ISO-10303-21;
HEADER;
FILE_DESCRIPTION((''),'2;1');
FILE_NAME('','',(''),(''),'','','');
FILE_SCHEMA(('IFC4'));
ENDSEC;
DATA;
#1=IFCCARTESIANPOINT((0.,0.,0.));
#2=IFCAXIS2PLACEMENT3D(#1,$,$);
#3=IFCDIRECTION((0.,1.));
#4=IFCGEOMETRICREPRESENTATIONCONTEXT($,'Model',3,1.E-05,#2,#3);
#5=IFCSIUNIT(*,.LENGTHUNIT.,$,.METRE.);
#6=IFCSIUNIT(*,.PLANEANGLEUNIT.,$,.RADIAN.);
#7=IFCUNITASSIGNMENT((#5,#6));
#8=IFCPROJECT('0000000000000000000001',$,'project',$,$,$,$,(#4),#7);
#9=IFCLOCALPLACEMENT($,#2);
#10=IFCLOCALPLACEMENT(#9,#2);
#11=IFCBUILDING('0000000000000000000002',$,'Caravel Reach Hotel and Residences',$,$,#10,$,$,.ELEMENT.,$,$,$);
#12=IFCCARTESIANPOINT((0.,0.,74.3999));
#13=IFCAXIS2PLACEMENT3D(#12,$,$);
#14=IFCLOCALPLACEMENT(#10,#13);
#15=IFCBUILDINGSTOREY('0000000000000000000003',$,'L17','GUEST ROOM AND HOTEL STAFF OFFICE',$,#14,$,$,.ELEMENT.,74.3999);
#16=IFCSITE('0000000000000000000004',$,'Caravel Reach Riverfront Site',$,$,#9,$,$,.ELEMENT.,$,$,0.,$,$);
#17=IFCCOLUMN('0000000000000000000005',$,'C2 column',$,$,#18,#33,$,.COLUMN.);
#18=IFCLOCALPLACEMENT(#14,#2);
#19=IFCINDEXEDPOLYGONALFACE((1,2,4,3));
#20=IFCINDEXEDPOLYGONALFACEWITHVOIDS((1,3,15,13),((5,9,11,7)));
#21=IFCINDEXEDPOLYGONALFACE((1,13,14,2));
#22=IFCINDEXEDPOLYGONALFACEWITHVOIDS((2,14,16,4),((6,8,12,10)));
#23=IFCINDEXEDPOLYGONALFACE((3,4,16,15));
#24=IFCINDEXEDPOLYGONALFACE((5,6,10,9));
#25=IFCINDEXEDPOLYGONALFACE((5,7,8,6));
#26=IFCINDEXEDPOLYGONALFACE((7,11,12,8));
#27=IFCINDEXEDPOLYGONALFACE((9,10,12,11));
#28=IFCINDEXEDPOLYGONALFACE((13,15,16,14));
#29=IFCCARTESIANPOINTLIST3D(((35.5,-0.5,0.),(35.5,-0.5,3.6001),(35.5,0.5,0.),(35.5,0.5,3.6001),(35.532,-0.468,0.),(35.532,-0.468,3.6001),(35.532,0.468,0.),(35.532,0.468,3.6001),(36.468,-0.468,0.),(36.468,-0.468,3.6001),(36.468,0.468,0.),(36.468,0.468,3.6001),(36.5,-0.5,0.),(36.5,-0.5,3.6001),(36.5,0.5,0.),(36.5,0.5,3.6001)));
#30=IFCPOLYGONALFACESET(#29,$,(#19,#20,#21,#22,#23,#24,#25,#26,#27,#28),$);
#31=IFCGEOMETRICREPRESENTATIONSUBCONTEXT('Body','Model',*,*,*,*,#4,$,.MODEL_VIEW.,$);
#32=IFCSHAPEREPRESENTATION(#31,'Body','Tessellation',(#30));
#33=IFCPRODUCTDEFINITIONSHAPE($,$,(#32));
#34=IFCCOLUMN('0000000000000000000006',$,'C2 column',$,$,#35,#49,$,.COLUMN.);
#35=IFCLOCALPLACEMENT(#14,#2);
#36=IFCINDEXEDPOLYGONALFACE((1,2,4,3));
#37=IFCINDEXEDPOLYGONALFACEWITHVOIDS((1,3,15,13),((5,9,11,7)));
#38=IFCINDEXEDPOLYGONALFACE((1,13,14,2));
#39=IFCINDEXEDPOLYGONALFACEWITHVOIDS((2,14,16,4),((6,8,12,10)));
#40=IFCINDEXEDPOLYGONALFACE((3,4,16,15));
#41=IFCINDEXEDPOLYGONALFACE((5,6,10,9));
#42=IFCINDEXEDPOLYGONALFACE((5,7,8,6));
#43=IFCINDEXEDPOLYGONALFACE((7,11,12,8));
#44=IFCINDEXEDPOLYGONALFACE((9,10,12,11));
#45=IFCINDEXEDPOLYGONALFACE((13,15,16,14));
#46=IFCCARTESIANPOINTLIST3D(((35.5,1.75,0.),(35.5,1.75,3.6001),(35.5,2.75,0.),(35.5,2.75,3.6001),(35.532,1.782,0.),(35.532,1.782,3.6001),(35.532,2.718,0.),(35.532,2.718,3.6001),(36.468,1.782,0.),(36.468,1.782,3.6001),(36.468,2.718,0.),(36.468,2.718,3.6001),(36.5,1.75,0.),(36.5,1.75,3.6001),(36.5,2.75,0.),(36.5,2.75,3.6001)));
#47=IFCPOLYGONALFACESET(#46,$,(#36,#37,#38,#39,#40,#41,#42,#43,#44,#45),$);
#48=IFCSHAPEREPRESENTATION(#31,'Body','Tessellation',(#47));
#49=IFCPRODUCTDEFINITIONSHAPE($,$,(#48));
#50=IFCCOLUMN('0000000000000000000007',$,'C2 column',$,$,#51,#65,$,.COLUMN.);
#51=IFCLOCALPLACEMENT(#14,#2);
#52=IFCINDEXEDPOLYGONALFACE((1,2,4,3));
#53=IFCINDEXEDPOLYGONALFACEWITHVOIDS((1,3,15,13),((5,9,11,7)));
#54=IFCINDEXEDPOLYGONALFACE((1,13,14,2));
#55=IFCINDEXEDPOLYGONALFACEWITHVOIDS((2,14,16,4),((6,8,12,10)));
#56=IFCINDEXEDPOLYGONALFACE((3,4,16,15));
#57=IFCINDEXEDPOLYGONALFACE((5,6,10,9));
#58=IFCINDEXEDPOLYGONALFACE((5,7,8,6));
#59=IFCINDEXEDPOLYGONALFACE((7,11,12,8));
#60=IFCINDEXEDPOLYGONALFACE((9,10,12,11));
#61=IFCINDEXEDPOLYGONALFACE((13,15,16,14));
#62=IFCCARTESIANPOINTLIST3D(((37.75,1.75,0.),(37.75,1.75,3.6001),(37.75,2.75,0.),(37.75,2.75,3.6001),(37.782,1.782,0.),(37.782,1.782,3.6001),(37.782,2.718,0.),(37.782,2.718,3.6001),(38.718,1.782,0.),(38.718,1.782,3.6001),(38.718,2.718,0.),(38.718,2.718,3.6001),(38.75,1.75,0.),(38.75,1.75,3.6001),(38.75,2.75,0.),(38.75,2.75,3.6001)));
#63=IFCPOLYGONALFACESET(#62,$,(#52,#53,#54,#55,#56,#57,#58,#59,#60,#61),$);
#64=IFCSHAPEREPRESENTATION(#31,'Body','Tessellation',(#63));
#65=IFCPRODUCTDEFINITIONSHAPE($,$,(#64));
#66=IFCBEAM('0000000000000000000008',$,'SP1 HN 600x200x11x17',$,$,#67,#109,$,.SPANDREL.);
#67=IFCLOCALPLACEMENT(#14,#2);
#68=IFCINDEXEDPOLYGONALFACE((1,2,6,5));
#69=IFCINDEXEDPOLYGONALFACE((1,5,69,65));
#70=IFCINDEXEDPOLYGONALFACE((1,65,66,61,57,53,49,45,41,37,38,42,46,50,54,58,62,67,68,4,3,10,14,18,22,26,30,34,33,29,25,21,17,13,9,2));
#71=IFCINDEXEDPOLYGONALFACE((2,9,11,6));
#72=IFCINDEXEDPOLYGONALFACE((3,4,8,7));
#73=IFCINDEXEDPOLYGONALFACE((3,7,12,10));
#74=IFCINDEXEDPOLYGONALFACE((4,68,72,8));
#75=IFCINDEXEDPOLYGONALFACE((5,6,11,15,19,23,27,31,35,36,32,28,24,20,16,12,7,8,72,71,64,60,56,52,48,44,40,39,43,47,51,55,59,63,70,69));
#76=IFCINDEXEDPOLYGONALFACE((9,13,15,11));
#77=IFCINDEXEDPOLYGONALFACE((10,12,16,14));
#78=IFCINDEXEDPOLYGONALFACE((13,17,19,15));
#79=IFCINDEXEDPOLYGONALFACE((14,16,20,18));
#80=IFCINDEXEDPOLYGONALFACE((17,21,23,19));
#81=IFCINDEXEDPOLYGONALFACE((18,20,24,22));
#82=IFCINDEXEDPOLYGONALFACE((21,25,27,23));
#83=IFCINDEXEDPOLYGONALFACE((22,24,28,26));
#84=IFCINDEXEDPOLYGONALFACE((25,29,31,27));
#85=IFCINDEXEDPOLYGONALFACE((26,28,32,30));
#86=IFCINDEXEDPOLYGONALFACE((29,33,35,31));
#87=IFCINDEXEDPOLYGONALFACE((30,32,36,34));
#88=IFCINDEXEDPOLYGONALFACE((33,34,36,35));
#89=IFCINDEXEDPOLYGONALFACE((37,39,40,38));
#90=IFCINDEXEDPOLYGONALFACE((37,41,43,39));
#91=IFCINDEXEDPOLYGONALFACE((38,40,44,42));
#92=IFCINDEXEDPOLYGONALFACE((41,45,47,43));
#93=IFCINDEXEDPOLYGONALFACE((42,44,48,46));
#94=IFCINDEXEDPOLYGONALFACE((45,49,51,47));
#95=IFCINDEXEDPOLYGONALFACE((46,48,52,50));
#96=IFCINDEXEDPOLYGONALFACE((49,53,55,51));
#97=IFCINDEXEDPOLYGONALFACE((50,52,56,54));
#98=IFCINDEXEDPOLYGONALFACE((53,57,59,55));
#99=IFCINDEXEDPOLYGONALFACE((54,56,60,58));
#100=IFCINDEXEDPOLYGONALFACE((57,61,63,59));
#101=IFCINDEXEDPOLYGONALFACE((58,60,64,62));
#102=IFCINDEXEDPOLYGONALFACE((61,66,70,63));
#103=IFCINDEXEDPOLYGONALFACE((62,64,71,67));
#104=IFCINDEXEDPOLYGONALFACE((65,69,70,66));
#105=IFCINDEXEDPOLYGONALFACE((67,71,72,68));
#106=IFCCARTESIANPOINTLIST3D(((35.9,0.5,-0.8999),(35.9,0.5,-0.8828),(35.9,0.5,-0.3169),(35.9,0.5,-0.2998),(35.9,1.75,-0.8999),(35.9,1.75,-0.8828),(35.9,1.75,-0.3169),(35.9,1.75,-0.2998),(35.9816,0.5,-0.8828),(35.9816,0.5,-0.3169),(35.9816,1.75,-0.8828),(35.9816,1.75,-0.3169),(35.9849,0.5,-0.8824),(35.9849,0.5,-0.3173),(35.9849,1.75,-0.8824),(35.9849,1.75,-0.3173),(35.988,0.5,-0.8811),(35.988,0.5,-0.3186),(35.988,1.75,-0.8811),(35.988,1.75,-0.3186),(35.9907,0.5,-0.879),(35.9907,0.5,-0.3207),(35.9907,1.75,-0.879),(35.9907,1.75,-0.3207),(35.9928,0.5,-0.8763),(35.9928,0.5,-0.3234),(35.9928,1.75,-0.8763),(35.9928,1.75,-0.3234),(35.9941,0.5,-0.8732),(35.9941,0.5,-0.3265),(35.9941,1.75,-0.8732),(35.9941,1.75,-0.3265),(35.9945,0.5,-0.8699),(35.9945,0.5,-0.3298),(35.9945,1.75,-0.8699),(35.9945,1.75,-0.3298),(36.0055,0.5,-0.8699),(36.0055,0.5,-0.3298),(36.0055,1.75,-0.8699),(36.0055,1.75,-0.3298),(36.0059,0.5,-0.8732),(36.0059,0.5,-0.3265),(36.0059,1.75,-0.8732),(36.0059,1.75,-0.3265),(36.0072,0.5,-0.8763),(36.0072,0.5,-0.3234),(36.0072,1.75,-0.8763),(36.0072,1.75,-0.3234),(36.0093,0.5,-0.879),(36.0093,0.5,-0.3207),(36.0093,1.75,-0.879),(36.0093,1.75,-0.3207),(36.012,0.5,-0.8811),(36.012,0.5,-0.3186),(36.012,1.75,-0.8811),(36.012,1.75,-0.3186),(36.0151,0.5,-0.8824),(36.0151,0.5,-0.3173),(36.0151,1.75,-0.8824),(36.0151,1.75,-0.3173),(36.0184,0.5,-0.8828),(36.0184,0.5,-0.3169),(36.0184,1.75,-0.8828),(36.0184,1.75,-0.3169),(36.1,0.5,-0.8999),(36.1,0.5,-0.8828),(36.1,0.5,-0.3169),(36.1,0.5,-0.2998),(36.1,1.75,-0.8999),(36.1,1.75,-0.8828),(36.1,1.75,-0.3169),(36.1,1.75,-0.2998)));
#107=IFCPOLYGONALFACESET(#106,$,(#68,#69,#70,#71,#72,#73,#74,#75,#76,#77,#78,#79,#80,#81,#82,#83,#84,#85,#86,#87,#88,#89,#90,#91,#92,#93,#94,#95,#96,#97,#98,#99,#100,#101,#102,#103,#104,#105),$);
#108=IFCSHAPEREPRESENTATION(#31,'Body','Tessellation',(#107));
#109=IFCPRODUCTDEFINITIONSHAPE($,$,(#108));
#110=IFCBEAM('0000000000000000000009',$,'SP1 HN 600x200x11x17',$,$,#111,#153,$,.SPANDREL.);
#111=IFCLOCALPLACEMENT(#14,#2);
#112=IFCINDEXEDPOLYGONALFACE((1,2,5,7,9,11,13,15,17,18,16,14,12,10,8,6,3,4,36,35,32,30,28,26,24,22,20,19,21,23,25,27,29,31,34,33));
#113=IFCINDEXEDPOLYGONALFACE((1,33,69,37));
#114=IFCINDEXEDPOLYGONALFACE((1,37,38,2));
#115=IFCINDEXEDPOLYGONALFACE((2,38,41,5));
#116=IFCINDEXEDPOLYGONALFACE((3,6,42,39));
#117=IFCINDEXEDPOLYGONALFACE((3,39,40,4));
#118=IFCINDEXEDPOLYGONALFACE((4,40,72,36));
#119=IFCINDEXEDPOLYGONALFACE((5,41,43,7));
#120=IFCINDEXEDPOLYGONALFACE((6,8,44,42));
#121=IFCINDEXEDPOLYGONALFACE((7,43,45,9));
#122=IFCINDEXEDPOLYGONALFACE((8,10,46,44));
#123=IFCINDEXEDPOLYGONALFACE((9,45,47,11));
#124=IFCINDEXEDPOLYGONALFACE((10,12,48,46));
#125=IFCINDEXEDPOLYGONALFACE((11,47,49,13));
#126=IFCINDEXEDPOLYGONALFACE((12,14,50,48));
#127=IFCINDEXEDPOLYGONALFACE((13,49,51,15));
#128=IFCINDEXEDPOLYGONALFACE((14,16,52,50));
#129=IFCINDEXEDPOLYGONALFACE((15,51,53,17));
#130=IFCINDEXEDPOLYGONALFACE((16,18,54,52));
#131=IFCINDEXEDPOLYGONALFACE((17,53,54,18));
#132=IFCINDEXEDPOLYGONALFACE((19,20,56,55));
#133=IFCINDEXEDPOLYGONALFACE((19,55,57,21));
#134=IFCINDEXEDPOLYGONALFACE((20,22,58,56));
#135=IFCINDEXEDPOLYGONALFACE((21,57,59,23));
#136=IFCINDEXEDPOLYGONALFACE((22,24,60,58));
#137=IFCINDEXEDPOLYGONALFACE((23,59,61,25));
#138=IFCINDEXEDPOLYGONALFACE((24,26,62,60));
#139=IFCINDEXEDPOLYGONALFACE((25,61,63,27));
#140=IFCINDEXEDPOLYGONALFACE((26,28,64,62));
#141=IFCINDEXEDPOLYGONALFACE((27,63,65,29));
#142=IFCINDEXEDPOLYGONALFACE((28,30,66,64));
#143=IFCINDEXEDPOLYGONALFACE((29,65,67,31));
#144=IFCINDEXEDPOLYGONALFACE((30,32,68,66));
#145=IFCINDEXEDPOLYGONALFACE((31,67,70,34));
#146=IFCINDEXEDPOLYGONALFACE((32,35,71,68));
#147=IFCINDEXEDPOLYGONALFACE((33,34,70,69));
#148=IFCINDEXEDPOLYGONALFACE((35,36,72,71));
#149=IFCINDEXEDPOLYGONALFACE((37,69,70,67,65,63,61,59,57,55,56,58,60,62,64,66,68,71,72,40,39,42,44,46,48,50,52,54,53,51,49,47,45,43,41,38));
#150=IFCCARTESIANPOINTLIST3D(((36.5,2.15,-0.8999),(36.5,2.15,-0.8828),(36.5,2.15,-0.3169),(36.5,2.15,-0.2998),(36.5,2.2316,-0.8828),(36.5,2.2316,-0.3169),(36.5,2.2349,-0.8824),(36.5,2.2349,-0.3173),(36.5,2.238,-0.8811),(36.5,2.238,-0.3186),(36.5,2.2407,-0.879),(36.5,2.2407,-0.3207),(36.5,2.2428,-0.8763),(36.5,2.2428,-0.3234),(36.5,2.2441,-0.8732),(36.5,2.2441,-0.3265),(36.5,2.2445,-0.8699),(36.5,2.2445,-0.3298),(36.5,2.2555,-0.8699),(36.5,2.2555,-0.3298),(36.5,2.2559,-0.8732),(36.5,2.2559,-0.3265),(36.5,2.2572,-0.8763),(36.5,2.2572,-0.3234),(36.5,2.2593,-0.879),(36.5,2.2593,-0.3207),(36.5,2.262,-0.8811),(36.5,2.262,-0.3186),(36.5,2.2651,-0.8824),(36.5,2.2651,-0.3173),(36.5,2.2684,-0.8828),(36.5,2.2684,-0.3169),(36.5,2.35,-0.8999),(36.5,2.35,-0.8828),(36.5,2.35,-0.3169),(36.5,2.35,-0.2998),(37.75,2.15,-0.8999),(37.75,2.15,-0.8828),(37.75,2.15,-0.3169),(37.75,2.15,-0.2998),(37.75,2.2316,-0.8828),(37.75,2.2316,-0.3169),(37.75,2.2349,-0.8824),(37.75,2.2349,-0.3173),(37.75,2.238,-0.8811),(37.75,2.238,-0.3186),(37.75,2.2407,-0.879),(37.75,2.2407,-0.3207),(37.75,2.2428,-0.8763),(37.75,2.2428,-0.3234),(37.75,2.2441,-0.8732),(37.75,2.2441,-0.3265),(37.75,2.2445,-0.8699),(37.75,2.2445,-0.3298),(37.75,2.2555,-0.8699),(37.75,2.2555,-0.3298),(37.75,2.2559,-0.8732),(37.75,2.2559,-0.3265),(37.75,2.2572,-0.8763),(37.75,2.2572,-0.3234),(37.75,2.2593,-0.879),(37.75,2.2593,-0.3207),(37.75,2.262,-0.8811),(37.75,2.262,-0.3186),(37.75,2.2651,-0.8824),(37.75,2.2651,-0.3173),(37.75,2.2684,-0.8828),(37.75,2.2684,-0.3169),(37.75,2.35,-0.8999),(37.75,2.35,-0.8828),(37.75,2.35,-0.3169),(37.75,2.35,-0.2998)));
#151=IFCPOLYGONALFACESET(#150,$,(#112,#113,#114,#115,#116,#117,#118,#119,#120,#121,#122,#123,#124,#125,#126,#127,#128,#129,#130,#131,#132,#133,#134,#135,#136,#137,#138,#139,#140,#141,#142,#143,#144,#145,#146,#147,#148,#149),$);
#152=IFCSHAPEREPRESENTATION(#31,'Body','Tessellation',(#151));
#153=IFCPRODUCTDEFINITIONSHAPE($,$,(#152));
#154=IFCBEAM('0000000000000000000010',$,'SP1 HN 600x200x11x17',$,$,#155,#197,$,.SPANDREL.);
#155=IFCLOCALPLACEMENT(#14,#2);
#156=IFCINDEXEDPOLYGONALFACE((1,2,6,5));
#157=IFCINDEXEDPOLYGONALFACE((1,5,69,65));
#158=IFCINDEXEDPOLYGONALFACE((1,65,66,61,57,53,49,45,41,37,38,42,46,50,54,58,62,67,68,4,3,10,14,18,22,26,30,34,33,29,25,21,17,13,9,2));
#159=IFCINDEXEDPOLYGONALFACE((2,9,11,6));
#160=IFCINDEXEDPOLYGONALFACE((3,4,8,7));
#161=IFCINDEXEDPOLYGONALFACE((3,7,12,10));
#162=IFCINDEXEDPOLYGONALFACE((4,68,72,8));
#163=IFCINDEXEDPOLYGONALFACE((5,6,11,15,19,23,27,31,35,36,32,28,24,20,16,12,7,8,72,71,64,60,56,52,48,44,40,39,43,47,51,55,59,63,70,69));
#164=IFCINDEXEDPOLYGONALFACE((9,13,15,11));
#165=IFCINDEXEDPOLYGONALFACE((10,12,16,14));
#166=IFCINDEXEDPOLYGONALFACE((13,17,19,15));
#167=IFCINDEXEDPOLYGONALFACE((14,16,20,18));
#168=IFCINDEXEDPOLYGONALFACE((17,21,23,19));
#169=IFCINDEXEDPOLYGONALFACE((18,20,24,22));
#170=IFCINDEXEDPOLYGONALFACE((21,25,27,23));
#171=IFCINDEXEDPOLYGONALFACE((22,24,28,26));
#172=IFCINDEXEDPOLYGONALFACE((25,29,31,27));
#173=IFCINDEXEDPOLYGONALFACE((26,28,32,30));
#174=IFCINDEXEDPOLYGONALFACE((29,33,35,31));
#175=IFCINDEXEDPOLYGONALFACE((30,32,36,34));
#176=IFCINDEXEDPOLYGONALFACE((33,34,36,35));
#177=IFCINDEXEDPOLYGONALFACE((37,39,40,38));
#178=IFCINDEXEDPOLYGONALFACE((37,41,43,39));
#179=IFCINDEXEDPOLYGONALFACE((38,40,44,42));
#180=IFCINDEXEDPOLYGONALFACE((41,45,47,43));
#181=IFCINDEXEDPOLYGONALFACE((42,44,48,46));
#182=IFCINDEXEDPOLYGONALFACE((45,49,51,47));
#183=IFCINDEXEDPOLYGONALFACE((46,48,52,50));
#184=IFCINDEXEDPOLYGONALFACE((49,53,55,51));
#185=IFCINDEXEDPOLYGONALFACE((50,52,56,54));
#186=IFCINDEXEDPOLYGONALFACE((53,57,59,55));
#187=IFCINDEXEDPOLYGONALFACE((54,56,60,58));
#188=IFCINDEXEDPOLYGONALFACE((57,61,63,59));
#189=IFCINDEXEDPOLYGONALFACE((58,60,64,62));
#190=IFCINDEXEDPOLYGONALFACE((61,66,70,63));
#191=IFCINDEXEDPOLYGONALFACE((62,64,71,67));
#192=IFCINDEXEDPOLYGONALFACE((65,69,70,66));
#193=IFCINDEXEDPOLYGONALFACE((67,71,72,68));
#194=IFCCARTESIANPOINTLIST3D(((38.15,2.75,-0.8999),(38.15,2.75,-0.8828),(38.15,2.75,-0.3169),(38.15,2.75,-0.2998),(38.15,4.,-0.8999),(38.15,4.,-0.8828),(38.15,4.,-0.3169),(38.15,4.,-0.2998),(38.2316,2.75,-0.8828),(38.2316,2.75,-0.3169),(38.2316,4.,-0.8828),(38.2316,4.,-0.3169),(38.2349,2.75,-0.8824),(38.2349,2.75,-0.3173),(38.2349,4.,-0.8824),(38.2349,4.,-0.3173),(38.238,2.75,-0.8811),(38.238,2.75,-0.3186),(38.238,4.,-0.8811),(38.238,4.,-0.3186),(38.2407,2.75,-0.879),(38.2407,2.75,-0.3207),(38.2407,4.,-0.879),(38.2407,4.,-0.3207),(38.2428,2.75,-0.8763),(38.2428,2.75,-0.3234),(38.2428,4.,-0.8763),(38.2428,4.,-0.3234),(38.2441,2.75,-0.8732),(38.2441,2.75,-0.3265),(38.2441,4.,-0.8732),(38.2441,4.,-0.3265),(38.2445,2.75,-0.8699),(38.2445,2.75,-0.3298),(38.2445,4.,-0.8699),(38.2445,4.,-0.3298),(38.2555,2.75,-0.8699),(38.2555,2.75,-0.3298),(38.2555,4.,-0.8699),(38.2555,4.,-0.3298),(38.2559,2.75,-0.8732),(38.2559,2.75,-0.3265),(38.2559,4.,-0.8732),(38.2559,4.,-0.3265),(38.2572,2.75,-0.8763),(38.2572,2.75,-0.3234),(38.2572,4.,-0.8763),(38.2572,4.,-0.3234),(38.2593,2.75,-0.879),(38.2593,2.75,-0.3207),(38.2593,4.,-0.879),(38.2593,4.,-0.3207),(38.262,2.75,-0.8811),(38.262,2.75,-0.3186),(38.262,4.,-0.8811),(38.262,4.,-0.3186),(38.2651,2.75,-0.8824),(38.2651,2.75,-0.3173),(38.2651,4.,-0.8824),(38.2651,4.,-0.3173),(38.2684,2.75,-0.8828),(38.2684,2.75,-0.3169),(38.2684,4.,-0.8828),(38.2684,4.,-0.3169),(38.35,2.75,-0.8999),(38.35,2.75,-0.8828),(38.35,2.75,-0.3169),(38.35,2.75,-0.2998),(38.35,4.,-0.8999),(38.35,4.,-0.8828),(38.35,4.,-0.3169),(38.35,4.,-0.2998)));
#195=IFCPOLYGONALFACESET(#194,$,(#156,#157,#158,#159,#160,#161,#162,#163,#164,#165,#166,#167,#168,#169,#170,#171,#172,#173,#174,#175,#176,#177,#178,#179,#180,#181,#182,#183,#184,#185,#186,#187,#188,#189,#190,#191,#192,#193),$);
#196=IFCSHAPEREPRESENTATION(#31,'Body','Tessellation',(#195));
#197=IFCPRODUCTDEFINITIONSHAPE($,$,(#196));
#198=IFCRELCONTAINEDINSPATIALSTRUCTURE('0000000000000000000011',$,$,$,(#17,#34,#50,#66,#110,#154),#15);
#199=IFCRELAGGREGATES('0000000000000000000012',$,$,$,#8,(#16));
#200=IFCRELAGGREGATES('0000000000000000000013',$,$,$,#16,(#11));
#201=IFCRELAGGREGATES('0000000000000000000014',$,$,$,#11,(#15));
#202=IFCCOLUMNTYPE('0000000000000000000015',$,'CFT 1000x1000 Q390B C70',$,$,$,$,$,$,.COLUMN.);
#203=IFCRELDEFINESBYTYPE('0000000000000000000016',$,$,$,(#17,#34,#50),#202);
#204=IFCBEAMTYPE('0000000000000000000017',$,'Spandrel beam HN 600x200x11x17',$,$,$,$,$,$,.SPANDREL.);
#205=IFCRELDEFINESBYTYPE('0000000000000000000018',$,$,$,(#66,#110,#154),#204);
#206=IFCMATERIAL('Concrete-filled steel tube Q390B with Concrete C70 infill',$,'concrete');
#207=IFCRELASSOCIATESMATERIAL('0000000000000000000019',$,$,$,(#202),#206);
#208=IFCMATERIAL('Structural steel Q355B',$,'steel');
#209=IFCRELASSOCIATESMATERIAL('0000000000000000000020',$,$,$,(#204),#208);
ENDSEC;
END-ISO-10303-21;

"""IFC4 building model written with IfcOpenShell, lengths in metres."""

from ifc_helpers import new_model, si_unit, direction, frame, origin, origin_2d, place, context, subcontext, project, spatial, hollow_rectangle, i_section, extrude, material, material_profile, profile_set, type_object, element, save


model = new_model("IFC4")

# Units and contexts
model_context = context("Model", 3, precision=1e-05, world=origin(), true_north=direction((0.0, 1.0)))
body_context = subcontext(model_context, "Body", "Model", "MODEL_VIEW")
ifc_project = project(units=[si_unit("LENGTHUNIT", "METRE"), si_unit("PLANEANGLEUNIT", "RADIAN")], contexts=[model_context])

# Site, building, storey
site_placement = place(None, origin())
site = spatial("IfcSite", under=ifc_project, at=site_placement, Name="Caravel Reach Riverfront Site", CompositionType="ELEMENT", RefElevation=0.0)
building_placement = place(site_placement, origin())
building = spatial("IfcBuilding", under=site, at=building_placement, Name="Caravel Reach Hotel and Residences", CompositionType="ELEMENT")
storey_placement = place(building_placement, frame((0.0, 0.0, 74.3999)))
storey = spatial("IfcBuildingStorey", under=building, at=storey_placement, Name="L17", Description="GUEST ROOM AND HOTEL STAFF OFFICE", CompositionType="ELEMENT", Elevation=74.3999)

# Columns
ifc_material_1 = material(Name="Concrete-filled steel tube Q390B with Concrete C70 infill", Category="concrete")
ifc_material_profile_1 = material_profile(ifc_material_1, hollow_rectangle(XDim=1.0, YDim=1.0, WallThickness=0.032, at=origin_2d()), Name="RHS 1000x1000x32")
ifc_profile_set_1 = profile_set([ifc_material_profile_1], Name="Concrete-filled steel tube Q390B with Concrete C70 infill")
column_type = type_object("IfcColumnType", Name="CFT 1000x1000 Q390B C70", PredefinedType="COLUMN", material=ifc_profile_set_1)
for number, where, z_axis, x_axis, name in (
    (1, (36.0, 0.0, 0.0), (0.0, 0.0, 1.0), (1.0, 0.0, 0.0), "C2 column"),
    (2, (36.0, 2.25, 0.0), (0.0, 0.0, 1.0), (1.0, 0.0, 0.0), "C2 column"),
    (3, (38.25, 2.25, 0.0), (0.0, 0.0, 1.0), (1.0, 0.0, 0.0), "C2 column"),
):
    element("IfcColumn", number, at=place(storey_placement, frame(where, z_axis=z_axis, x_axis=x_axis)), inside=storey, type_object=column_type, Name=name, PredefinedType="COLUMN", context=body_context, shape_type="SweptSolid", body=[
        extrude(hollow_rectangle(XDim=1.0, YDim=1.0, WallThickness=0.032, at=origin_2d()), origin(), (0.0, 0.0, 1.0), 3.6001),
    ])

# Beams
ifc_material_2 = material(Name="Structural steel Q355B", Category="steel")
ifc_material_profile_2 = material_profile(ifc_material_2, i_section(OverallWidth=0.2, OverallDepth=0.6001, WebThickness=0.011, FlangeThickness=0.0171, FilletRadius=0.0129, at=origin_2d()), Name="HN 600x200x11x17")
ifc_profile_set_2 = profile_set([ifc_material_profile_2], Name="Structural steel Q355B")
beam_type = type_object("IfcBeamType", Name="Spandrel beam HN 600x200x11x17", PredefinedType="SPANDREL", material=ifc_profile_set_2)
for number, where, z_axis, x_axis, name in (
    (4, (36.0, 0.5, -0.5999), (0.0, 1.0, 0.0), (-1.0, 0.0, 0.0), "SP1 HN 600x200x11x17"),
    (5, (36.5, 2.25, -0.5999), (1.0, 0.0, 0.0), (0.0, 1.0, 0.0), "SP1 HN 600x200x11x17"),
    (6, (38.25, 2.75, -0.5999), (0.0, 1.0, 0.0), (-1.0, 0.0, 0.0), "SP1 HN 600x200x11x17"),
):
    element("IfcBeam", number, at=place(storey_placement, frame(where, z_axis=z_axis, x_axis=x_axis)), inside=storey, type_object=beam_type, Name=name, PredefinedType="SPANDREL", context=body_context, shape_type="SweptSolid", body=[
        extrude(i_section(OverallWidth=0.2, OverallDepth=0.6001, WebThickness=0.011, FlangeThickness=0.0171, FilletRadius=0.0129, at=origin_2d()), origin(), (0.0, 0.0, 1.0), 1.25),
    ])

save(model, "model.ifc")
